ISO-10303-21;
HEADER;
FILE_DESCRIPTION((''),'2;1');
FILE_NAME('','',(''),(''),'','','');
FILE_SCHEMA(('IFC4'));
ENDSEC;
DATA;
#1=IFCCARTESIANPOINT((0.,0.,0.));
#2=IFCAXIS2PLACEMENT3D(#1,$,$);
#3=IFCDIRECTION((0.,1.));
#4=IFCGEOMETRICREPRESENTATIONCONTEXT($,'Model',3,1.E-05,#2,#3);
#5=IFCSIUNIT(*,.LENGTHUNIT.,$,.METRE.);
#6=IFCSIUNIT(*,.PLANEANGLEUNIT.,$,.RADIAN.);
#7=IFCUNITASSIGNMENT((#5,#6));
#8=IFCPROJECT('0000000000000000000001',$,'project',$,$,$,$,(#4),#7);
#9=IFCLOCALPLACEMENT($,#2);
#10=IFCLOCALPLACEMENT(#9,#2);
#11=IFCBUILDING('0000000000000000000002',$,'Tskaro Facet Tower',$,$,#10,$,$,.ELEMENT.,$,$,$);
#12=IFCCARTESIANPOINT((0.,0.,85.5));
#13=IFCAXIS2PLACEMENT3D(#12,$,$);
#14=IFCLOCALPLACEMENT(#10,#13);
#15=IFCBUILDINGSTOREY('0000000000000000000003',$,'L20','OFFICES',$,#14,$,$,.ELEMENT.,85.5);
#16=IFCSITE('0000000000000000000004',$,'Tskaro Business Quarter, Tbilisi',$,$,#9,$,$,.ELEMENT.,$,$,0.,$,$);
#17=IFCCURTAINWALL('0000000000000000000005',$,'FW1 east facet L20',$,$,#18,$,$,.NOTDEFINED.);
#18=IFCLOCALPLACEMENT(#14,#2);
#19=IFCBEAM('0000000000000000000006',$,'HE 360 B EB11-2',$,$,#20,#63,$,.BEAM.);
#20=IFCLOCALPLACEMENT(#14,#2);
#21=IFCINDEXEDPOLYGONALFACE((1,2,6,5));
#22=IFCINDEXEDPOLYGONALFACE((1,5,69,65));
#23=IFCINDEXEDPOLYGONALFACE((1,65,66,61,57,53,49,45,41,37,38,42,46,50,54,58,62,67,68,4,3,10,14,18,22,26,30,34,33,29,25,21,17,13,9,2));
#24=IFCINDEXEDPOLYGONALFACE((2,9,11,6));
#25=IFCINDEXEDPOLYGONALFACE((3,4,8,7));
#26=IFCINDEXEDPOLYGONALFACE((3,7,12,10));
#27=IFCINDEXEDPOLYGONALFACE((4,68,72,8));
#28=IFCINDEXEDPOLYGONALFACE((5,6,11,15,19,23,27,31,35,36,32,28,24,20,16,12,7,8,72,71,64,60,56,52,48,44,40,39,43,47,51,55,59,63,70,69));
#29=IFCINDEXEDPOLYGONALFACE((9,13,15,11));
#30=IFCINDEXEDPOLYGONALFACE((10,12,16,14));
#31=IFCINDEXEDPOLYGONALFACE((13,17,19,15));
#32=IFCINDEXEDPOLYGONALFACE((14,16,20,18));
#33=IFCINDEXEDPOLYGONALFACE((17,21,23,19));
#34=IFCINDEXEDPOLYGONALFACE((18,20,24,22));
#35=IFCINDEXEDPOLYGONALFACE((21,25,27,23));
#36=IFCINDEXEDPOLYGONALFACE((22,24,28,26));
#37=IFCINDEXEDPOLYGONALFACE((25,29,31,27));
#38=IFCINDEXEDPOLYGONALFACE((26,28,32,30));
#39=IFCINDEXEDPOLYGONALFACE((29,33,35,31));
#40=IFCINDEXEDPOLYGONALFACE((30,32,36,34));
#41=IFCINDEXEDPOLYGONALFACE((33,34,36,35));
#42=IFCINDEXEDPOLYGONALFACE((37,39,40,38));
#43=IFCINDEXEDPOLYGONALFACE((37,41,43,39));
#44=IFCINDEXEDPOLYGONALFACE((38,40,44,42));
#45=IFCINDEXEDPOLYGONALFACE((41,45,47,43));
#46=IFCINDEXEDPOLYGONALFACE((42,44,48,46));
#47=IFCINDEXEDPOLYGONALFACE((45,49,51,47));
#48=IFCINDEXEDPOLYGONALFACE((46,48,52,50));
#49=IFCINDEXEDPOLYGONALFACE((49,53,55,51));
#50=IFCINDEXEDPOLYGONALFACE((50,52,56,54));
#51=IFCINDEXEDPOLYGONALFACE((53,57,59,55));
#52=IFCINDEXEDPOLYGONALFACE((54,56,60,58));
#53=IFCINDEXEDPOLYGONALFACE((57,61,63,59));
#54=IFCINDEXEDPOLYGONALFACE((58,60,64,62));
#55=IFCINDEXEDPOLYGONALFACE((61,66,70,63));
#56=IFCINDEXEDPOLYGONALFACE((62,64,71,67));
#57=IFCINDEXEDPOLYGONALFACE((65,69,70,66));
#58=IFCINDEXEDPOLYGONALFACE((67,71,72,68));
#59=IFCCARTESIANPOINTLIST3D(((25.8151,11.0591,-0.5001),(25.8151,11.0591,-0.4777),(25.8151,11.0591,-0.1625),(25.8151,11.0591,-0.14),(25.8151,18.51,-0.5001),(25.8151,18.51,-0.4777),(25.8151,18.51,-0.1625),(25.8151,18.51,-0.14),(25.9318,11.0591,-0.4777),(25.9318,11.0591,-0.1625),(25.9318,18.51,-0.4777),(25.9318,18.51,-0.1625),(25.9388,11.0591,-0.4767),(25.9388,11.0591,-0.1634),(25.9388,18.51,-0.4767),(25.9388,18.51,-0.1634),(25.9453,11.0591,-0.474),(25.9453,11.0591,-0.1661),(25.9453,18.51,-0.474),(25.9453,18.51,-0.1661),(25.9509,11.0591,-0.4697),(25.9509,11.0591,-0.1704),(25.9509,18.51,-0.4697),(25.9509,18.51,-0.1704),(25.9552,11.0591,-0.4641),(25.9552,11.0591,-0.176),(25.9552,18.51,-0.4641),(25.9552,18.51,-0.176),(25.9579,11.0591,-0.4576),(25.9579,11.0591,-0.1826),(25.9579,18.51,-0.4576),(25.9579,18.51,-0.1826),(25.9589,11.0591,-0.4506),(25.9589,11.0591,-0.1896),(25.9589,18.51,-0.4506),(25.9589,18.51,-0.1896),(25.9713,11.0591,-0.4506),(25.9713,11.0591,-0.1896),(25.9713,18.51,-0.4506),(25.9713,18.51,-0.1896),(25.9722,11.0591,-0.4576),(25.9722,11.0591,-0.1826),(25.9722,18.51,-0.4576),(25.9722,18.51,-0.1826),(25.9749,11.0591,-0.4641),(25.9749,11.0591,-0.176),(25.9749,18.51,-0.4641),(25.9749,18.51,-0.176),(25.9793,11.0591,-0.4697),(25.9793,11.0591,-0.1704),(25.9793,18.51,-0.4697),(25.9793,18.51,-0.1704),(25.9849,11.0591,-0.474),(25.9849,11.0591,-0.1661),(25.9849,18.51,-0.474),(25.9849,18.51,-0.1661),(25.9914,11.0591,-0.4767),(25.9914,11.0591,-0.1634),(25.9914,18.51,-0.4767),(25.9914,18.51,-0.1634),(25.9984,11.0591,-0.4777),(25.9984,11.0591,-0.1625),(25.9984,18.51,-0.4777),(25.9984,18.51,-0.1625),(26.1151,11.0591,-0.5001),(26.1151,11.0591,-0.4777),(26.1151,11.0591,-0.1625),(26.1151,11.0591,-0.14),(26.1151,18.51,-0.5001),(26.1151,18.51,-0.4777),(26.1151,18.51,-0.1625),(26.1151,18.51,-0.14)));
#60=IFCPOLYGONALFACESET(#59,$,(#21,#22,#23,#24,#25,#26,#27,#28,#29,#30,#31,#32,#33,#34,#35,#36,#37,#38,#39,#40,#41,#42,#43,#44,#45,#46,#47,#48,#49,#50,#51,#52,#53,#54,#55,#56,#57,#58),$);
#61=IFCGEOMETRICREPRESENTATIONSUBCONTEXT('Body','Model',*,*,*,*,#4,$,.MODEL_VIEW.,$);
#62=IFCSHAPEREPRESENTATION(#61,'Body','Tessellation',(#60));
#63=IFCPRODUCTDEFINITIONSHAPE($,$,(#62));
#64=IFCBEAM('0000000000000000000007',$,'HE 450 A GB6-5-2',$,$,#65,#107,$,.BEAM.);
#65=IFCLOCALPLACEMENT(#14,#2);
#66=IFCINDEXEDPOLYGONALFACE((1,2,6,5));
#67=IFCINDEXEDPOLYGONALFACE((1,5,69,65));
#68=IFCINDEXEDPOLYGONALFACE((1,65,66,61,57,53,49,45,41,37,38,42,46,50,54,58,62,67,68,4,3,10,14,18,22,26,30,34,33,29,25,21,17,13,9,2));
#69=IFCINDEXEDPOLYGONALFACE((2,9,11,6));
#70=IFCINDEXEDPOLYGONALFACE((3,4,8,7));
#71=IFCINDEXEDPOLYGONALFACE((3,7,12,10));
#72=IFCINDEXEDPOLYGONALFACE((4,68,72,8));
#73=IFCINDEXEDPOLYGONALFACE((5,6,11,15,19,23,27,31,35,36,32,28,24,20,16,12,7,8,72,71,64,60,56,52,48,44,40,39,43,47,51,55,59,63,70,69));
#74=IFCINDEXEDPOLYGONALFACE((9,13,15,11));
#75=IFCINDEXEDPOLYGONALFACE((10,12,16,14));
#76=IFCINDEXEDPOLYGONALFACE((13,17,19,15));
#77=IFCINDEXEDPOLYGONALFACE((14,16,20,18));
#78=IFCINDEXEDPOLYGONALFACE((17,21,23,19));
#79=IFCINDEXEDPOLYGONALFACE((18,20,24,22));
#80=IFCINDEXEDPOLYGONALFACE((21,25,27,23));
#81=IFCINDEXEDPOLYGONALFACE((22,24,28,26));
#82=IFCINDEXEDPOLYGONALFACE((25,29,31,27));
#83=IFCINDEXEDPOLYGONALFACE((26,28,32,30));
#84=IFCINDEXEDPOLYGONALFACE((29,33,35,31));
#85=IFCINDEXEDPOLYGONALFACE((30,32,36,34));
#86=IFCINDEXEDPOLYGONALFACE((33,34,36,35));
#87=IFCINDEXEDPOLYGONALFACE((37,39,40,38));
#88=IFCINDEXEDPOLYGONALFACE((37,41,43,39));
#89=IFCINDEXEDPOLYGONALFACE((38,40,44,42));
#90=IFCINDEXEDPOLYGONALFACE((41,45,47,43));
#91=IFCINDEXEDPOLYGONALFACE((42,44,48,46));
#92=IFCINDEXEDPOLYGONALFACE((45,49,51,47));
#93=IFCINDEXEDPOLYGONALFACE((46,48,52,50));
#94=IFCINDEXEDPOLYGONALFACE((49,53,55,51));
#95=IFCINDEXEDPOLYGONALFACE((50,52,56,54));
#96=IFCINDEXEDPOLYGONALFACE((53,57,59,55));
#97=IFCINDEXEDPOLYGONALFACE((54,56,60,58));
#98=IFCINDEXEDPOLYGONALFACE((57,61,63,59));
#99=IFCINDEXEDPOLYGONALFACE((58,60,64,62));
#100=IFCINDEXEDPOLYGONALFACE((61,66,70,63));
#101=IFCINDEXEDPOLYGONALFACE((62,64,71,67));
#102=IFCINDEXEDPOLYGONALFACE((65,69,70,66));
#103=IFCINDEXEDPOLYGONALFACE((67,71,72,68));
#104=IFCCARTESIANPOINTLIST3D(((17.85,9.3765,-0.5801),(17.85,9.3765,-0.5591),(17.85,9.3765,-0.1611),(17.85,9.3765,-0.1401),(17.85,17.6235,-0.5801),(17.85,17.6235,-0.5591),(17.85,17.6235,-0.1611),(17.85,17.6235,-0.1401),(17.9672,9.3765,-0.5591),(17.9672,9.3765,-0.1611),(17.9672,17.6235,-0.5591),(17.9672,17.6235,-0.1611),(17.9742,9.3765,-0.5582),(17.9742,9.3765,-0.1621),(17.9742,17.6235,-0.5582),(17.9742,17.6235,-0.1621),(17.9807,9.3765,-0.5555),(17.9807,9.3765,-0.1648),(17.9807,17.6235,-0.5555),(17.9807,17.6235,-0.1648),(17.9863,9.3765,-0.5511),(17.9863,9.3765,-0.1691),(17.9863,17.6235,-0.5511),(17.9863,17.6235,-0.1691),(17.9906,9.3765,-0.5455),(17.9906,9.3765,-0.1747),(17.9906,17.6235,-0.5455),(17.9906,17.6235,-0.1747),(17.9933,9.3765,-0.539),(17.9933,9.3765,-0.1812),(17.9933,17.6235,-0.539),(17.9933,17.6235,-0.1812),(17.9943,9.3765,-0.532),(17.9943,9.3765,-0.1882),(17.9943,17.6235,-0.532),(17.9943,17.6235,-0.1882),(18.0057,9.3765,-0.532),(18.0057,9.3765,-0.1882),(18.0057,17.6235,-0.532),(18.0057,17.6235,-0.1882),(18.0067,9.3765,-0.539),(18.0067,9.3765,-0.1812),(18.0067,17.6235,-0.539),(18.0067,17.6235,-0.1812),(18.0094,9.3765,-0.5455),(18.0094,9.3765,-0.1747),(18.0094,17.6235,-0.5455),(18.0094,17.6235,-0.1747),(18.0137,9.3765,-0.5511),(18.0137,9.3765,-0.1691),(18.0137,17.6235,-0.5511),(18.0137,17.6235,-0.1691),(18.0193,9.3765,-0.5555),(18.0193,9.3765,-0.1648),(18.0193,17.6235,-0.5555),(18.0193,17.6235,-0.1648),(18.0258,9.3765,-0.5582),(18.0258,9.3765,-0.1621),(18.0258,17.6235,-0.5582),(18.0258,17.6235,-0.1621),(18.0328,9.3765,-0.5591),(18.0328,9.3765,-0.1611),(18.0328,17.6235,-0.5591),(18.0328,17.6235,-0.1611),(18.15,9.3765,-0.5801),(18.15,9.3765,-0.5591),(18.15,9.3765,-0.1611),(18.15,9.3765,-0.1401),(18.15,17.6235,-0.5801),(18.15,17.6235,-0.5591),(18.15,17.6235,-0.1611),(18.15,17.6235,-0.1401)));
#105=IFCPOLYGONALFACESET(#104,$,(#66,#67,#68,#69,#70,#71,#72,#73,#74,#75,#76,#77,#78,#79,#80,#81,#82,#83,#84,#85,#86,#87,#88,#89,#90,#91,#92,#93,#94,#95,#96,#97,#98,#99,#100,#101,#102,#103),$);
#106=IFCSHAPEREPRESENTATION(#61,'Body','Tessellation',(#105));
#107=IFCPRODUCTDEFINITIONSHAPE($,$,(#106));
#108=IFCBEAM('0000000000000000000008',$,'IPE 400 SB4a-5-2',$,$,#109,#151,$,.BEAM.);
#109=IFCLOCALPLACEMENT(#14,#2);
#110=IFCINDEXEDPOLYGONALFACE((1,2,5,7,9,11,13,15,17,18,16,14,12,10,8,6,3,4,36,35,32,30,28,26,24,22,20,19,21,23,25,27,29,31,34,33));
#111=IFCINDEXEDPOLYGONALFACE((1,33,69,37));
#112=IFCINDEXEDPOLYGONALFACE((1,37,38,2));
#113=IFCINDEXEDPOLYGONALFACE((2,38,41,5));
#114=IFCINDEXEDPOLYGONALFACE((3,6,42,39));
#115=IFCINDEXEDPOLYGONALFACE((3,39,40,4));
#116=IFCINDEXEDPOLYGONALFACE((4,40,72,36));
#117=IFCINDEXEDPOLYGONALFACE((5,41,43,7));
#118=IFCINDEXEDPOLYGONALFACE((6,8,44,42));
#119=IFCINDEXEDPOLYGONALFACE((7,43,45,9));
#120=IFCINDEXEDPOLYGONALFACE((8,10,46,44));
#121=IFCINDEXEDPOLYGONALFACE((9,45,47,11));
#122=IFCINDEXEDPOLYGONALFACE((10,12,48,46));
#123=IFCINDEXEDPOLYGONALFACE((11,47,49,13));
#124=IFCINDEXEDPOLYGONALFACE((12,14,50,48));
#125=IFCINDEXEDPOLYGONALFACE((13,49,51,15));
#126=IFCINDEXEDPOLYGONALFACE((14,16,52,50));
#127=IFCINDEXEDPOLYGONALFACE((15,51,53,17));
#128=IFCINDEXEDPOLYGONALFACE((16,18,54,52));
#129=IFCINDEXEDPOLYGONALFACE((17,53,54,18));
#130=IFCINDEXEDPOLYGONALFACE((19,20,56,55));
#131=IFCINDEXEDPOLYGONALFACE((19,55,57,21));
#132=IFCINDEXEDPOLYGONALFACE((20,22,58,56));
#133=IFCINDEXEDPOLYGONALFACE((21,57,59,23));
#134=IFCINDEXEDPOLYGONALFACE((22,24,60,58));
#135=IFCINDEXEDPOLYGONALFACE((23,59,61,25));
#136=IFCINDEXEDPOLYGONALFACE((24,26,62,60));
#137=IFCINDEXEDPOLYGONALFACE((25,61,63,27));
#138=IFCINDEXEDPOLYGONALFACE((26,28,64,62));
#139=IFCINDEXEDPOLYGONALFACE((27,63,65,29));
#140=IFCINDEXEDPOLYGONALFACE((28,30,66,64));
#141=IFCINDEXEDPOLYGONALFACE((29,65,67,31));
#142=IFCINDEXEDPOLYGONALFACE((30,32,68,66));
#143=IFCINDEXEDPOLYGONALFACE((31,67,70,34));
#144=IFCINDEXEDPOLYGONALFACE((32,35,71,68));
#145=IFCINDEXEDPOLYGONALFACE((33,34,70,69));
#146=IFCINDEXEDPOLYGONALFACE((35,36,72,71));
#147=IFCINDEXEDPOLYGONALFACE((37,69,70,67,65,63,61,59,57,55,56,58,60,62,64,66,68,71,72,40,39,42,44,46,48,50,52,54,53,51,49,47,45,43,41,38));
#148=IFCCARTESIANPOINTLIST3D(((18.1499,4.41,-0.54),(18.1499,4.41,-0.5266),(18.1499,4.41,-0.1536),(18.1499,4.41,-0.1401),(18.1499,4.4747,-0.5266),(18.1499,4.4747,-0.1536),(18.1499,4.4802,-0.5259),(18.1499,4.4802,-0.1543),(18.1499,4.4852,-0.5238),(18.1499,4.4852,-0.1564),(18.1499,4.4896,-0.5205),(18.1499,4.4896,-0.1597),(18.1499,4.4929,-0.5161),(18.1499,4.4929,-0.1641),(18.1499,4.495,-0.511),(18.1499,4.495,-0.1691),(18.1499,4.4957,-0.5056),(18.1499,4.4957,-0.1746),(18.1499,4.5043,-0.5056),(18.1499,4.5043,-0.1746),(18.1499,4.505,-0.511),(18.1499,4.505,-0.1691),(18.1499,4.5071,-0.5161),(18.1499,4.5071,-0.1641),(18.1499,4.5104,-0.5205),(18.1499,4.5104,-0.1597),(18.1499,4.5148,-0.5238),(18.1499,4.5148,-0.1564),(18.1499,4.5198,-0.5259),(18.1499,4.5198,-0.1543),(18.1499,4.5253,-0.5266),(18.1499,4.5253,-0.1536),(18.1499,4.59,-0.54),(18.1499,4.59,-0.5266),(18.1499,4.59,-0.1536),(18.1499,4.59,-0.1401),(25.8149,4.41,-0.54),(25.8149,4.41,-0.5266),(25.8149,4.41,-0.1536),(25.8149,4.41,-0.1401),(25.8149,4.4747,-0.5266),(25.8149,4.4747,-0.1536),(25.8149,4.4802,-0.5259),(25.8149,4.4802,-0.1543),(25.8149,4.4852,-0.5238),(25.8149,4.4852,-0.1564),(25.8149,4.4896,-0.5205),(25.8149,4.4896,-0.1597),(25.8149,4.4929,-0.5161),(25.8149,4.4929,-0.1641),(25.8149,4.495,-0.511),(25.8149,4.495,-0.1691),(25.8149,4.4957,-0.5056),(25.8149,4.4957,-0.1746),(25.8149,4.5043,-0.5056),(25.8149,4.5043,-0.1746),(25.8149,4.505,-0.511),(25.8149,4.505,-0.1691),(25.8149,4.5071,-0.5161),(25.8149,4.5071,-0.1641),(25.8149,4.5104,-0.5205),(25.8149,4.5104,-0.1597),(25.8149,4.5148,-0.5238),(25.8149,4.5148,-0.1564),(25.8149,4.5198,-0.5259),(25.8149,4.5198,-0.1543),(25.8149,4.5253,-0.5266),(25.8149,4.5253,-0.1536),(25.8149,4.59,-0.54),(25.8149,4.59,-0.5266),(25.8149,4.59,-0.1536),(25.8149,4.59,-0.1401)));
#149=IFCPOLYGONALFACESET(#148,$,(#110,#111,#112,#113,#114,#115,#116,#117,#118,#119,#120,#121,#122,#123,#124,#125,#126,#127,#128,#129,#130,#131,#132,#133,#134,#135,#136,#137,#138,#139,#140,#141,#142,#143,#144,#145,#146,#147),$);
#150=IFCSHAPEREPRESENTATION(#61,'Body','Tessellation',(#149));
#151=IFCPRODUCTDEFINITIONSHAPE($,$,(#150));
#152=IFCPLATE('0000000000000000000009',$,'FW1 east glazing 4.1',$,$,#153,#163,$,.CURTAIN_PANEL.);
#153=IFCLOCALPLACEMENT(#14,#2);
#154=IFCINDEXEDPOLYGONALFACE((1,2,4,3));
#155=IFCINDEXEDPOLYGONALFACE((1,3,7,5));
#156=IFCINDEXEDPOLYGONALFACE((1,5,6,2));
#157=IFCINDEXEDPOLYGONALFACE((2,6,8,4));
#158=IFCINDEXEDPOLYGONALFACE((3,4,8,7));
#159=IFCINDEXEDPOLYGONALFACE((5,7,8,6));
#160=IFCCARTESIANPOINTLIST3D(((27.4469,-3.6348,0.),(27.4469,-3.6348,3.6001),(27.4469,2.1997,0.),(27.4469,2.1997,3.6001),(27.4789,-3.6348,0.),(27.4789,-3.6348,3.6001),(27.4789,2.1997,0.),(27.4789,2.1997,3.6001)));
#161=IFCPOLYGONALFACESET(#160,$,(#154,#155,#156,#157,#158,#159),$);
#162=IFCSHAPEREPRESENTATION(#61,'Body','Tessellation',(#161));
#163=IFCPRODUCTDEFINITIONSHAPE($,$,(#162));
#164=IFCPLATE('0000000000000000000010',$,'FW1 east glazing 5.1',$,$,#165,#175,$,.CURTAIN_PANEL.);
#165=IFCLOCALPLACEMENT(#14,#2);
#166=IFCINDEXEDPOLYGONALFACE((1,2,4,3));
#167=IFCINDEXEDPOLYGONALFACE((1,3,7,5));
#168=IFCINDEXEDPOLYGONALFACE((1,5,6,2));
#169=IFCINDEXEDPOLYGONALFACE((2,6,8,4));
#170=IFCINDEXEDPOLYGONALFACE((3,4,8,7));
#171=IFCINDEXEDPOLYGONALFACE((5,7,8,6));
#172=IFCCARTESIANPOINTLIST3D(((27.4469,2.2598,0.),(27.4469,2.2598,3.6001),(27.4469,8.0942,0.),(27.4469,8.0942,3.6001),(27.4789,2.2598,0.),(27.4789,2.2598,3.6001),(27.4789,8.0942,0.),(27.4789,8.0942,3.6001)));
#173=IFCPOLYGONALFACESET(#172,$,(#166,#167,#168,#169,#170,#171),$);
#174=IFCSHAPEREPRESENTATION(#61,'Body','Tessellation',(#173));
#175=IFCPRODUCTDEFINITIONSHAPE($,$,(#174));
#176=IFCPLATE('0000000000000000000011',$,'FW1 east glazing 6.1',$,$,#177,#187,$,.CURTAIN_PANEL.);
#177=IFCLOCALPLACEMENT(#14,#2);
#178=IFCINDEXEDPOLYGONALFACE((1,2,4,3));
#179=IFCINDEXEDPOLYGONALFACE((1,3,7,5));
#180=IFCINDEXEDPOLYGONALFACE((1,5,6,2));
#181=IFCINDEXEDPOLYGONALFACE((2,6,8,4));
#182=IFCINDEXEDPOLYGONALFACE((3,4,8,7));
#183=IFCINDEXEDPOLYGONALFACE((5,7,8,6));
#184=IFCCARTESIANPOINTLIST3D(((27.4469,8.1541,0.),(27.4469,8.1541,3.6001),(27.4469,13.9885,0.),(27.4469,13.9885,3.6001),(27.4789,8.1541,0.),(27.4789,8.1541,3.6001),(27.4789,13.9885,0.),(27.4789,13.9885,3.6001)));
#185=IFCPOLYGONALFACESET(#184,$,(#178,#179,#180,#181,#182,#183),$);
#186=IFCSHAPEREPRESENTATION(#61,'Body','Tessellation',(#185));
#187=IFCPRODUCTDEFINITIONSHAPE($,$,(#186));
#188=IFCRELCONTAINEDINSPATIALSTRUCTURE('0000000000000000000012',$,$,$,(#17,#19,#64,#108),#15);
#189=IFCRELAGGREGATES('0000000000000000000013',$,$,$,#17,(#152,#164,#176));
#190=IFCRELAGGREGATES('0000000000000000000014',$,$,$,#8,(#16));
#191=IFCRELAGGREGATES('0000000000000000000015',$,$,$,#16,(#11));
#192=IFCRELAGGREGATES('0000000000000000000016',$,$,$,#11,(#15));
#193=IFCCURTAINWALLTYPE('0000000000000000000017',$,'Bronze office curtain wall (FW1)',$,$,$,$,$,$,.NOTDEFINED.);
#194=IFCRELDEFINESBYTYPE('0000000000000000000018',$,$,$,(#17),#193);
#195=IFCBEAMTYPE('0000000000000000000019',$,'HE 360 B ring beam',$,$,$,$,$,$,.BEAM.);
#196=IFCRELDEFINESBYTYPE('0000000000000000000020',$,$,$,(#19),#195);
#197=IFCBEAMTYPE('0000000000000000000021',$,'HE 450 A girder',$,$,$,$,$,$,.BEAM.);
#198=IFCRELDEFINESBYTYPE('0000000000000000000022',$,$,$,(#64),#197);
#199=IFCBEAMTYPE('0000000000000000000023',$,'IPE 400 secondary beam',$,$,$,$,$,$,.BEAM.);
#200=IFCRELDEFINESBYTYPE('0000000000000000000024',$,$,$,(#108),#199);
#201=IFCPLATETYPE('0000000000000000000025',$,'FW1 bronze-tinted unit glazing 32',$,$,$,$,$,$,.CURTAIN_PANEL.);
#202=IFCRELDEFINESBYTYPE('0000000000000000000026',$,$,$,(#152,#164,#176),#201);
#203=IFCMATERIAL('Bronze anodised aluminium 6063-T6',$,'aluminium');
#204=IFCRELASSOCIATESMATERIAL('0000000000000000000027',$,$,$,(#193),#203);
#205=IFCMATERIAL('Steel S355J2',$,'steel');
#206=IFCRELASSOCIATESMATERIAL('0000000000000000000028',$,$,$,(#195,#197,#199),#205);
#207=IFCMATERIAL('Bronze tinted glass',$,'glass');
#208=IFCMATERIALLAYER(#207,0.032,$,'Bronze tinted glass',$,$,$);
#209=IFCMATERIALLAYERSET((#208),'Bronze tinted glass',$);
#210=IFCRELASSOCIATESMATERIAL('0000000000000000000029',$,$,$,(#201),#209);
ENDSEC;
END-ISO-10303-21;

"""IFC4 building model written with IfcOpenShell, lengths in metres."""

from ifc_helpers import new_model, si_unit, direction, frame, origin, origin_2d, place, context, subcontext, project, spatial, rectangle, i_section, extrude, material, layer, layer_set, material_profile, profile_set, type_object, element, aggregate, save


model = new_model("IFC4")

# Units and contexts
model_context = context("Model", 3, precision=1e-05, world=origin(), true_north=direction((0.0, 1.0)))
body_context = subcontext(model_context, "Body", "Model", "MODEL_VIEW")
ifc_project = project(units=[si_unit("LENGTHUNIT", "METRE"), si_unit("PLANEANGLEUNIT", "RADIAN")], contexts=[model_context])

# Site, building, storey
site_placement = place(None, origin())
site = spatial("IfcSite", under=ifc_project, at=site_placement, Name="Tskaro Business Quarter, Tbilisi", CompositionType="ELEMENT", RefElevation=0.0)
building_placement = place(site_placement, origin())
building = spatial("IfcBuilding", under=site, at=building_placement, Name="Tskaro Facet Tower", CompositionType="ELEMENT")
storey_placement = place(building_placement, frame((0.0, 0.0, 85.5)))
storey = spatial("IfcBuildingStorey", under=building, at=storey_placement, Name="L20", Description="OFFICES", CompositionType="ELEMENT", Elevation=85.5)

# Curtain wall
ifc_material_1 = material(Name="Bronze anodised aluminium 6063-T6", Category="aluminium")
curtain_wall_type = type_object("IfcCurtainWallType", Name="Bronze office curtain wall (FW1)", PredefinedType="NOTDEFINED", material=ifc_material_1)
curtain_wall_placement = place(storey_placement, origin())
curtain_wall = element("IfcCurtainWall", 1, at=curtain_wall_placement, inside=storey, type_object=curtain_wall_type, Name="FW1 east facet L20", PredefinedType="NOTDEFINED")

# Beams
ifc_material_2 = material(Name="Steel S355J2", Category="steel")
ifc_material_profile_1 = material_profile(ifc_material_2, i_section(OverallWidth=0.3, OverallDepth=0.3601, WebThickness=0.0125, FlangeThickness=0.0225, FilletRadius=0.0271, at=origin_2d()), Name="HE 360 B")
ifc_profile_set_1 = profile_set([ifc_material_profile_1], Name="Steel S355J2")
beam_type_1 = type_object("IfcBeamType", Name="HE 360 B ring beam", PredefinedType="BEAM", material=ifc_profile_set_1)
for number, where, z_axis, x_axis, name in (
    (2, (25.9651, 11.0591, -0.3201), (0.0, 1.0, 0.0), (-1.0, 0.0, 0.0), "HE 360 B EB11-2"),
):
    element("IfcBeam", number, at=place(storey_placement, frame(where, z_axis=z_axis, x_axis=x_axis)), inside=storey, type_object=beam_type_1, Name=name, PredefinedType="BEAM", context=body_context, shape_type="SweptSolid", body=[
        extrude(i_section(OverallWidth=0.3, OverallDepth=0.3601, WebThickness=0.0125, FlangeThickness=0.0225, FilletRadius=0.0271, at=origin_2d()), origin(), (0.0, 0.0, 1.0), 7.4509),
    ])
ifc_material_profile_2 = material_profile(ifc_material_2, i_section(OverallWidth=0.3, OverallDepth=0.4399, WebThickness=0.0115, FlangeThickness=0.021, FilletRadius=0.0271, at=origin_2d()), Name="HE 450 A")
ifc_profile_set_2 = profile_set([ifc_material_profile_2], Name="Steel S355J2")
beam_type_2 = type_object("IfcBeamType", Name="HE 450 A girder", PredefinedType="BEAM", material=ifc_profile_set_2)
beam_1_placement = place(storey_placement, frame((18.0, 9.3765, -0.3601), z_axis=(0.0, 1.0, 0.0), x_axis=(-1.0, 0.0, 0.0)))
element("IfcBeam", 3, at=beam_1_placement, inside=storey, type_object=beam_type_2, Name="HE 450 A GB6-5-2", PredefinedType="BEAM", context=body_context, shape_type="SweptSolid", body=[
    extrude(i_section(OverallWidth=0.3, OverallDepth=0.4399, WebThickness=0.0115, FlangeThickness=0.021, FilletRadius=0.0271, at=origin_2d()), origin(), (0.0, 0.0, 1.0), 8.2471),
])
ifc_material_profile_3 = material_profile(ifc_material_2, i_section(OverallWidth=0.1799, OverallDepth=0.3999, WebThickness=0.0085, FlangeThickness=0.0134, FilletRadius=0.021, at=origin_2d()), Name="IPE 400")
ifc_profile_set_3 = profile_set([ifc_material_profile_3], Name="Steel S355J2")
beam_type_3 = type_object("IfcBeamType", Name="IPE 400 secondary beam", PredefinedType="BEAM", material=ifc_profile_set_3)
beam_2_placement = place(storey_placement, frame((18.1499, 4.5, -0.3401), z_axis=(1.0, 0.0, 0.0), x_axis=(0.0, 1.0, 0.0)))
element("IfcBeam", 4, at=beam_2_placement, inside=storey, type_object=beam_type_3, Name="IPE 400 SB4a-5-2", PredefinedType="BEAM", context=body_context, shape_type="SweptSolid", body=[
    extrude(i_section(OverallWidth=0.1799, OverallDepth=0.3999, WebThickness=0.0085, FlangeThickness=0.0134, FilletRadius=0.021, at=origin_2d()), origin(), (0.0, 0.0, 1.0), 7.665),
])

# Plates
ifc_material_3 = material(Name="Bronze tinted glass", Category="glass")
ifc_layer_1 = layer(ifc_material_3, 0.032, Name="Bronze tinted glass")
ifc_layer_set_1 = layer_set([ifc_layer_1], Name="Bronze tinted glass")
plate_type = type_object("IfcPlateType", Name="FW1 bronze-tinted unit glazing 32", PredefinedType="CURTAIN_PANEL", material=ifc_layer_set_1)
plate_1_placement = place(storey_placement, frame((27.4629, -0.7175, 0.0), z_axis=(0.0, 0.0, 1.0), x_axis=(0.0, 1.0, 0.0)))
plate_1 = element("IfcPlate", 5, at=plate_1_placement, type_object=plate_type, Name="FW1 east glazing 4.1", PredefinedType="CURTAIN_PANEL", context=body_context, shape_type="SweptSolid", body=[
    extrude(rectangle(XDim=5.8345, YDim=0.032, at=origin_2d()), origin(), (0.0, 0.0, 1.0), 3.6001),
])
plate_2_placement = place(storey_placement, frame((27.4629, 5.177, 0.0), z_axis=(0.0, 0.0, 1.0), x_axis=(0.0, 1.0, 0.0)))
plate_2 = element("IfcPlate", 6, at=plate_2_placement, type_object=plate_type, Name="FW1 east glazing 5.1", PredefinedType="CURTAIN_PANEL", context=body_context, shape_type="SweptSolid", body=[
    extrude(rectangle(XDim=5.8345, YDim=0.032, at=origin_2d()), origin(), (0.0, 0.0, 1.0), 3.6001),
])
plate_3_placement = place(storey_placement, frame((27.4629, 11.0713, 0.0), z_axis=(0.0, 0.0, 1.0), x_axis=(0.0, 1.0, 0.0)))
plate_3 = element("IfcPlate", 7, at=plate_3_placement, type_object=plate_type, Name="FW1 east glazing 6.1", PredefinedType="CURTAIN_PANEL", context=body_context, shape_type="SweptSolid", body=[
    extrude(rectangle(XDim=5.8345, YDim=0.032, at=origin_2d()), origin(), (0.0, 0.0, 1.0), 3.6001),
])
aggregate(curtain_wall, [plate_1, plate_2, plate_3])

save(model, "model.ifc")
